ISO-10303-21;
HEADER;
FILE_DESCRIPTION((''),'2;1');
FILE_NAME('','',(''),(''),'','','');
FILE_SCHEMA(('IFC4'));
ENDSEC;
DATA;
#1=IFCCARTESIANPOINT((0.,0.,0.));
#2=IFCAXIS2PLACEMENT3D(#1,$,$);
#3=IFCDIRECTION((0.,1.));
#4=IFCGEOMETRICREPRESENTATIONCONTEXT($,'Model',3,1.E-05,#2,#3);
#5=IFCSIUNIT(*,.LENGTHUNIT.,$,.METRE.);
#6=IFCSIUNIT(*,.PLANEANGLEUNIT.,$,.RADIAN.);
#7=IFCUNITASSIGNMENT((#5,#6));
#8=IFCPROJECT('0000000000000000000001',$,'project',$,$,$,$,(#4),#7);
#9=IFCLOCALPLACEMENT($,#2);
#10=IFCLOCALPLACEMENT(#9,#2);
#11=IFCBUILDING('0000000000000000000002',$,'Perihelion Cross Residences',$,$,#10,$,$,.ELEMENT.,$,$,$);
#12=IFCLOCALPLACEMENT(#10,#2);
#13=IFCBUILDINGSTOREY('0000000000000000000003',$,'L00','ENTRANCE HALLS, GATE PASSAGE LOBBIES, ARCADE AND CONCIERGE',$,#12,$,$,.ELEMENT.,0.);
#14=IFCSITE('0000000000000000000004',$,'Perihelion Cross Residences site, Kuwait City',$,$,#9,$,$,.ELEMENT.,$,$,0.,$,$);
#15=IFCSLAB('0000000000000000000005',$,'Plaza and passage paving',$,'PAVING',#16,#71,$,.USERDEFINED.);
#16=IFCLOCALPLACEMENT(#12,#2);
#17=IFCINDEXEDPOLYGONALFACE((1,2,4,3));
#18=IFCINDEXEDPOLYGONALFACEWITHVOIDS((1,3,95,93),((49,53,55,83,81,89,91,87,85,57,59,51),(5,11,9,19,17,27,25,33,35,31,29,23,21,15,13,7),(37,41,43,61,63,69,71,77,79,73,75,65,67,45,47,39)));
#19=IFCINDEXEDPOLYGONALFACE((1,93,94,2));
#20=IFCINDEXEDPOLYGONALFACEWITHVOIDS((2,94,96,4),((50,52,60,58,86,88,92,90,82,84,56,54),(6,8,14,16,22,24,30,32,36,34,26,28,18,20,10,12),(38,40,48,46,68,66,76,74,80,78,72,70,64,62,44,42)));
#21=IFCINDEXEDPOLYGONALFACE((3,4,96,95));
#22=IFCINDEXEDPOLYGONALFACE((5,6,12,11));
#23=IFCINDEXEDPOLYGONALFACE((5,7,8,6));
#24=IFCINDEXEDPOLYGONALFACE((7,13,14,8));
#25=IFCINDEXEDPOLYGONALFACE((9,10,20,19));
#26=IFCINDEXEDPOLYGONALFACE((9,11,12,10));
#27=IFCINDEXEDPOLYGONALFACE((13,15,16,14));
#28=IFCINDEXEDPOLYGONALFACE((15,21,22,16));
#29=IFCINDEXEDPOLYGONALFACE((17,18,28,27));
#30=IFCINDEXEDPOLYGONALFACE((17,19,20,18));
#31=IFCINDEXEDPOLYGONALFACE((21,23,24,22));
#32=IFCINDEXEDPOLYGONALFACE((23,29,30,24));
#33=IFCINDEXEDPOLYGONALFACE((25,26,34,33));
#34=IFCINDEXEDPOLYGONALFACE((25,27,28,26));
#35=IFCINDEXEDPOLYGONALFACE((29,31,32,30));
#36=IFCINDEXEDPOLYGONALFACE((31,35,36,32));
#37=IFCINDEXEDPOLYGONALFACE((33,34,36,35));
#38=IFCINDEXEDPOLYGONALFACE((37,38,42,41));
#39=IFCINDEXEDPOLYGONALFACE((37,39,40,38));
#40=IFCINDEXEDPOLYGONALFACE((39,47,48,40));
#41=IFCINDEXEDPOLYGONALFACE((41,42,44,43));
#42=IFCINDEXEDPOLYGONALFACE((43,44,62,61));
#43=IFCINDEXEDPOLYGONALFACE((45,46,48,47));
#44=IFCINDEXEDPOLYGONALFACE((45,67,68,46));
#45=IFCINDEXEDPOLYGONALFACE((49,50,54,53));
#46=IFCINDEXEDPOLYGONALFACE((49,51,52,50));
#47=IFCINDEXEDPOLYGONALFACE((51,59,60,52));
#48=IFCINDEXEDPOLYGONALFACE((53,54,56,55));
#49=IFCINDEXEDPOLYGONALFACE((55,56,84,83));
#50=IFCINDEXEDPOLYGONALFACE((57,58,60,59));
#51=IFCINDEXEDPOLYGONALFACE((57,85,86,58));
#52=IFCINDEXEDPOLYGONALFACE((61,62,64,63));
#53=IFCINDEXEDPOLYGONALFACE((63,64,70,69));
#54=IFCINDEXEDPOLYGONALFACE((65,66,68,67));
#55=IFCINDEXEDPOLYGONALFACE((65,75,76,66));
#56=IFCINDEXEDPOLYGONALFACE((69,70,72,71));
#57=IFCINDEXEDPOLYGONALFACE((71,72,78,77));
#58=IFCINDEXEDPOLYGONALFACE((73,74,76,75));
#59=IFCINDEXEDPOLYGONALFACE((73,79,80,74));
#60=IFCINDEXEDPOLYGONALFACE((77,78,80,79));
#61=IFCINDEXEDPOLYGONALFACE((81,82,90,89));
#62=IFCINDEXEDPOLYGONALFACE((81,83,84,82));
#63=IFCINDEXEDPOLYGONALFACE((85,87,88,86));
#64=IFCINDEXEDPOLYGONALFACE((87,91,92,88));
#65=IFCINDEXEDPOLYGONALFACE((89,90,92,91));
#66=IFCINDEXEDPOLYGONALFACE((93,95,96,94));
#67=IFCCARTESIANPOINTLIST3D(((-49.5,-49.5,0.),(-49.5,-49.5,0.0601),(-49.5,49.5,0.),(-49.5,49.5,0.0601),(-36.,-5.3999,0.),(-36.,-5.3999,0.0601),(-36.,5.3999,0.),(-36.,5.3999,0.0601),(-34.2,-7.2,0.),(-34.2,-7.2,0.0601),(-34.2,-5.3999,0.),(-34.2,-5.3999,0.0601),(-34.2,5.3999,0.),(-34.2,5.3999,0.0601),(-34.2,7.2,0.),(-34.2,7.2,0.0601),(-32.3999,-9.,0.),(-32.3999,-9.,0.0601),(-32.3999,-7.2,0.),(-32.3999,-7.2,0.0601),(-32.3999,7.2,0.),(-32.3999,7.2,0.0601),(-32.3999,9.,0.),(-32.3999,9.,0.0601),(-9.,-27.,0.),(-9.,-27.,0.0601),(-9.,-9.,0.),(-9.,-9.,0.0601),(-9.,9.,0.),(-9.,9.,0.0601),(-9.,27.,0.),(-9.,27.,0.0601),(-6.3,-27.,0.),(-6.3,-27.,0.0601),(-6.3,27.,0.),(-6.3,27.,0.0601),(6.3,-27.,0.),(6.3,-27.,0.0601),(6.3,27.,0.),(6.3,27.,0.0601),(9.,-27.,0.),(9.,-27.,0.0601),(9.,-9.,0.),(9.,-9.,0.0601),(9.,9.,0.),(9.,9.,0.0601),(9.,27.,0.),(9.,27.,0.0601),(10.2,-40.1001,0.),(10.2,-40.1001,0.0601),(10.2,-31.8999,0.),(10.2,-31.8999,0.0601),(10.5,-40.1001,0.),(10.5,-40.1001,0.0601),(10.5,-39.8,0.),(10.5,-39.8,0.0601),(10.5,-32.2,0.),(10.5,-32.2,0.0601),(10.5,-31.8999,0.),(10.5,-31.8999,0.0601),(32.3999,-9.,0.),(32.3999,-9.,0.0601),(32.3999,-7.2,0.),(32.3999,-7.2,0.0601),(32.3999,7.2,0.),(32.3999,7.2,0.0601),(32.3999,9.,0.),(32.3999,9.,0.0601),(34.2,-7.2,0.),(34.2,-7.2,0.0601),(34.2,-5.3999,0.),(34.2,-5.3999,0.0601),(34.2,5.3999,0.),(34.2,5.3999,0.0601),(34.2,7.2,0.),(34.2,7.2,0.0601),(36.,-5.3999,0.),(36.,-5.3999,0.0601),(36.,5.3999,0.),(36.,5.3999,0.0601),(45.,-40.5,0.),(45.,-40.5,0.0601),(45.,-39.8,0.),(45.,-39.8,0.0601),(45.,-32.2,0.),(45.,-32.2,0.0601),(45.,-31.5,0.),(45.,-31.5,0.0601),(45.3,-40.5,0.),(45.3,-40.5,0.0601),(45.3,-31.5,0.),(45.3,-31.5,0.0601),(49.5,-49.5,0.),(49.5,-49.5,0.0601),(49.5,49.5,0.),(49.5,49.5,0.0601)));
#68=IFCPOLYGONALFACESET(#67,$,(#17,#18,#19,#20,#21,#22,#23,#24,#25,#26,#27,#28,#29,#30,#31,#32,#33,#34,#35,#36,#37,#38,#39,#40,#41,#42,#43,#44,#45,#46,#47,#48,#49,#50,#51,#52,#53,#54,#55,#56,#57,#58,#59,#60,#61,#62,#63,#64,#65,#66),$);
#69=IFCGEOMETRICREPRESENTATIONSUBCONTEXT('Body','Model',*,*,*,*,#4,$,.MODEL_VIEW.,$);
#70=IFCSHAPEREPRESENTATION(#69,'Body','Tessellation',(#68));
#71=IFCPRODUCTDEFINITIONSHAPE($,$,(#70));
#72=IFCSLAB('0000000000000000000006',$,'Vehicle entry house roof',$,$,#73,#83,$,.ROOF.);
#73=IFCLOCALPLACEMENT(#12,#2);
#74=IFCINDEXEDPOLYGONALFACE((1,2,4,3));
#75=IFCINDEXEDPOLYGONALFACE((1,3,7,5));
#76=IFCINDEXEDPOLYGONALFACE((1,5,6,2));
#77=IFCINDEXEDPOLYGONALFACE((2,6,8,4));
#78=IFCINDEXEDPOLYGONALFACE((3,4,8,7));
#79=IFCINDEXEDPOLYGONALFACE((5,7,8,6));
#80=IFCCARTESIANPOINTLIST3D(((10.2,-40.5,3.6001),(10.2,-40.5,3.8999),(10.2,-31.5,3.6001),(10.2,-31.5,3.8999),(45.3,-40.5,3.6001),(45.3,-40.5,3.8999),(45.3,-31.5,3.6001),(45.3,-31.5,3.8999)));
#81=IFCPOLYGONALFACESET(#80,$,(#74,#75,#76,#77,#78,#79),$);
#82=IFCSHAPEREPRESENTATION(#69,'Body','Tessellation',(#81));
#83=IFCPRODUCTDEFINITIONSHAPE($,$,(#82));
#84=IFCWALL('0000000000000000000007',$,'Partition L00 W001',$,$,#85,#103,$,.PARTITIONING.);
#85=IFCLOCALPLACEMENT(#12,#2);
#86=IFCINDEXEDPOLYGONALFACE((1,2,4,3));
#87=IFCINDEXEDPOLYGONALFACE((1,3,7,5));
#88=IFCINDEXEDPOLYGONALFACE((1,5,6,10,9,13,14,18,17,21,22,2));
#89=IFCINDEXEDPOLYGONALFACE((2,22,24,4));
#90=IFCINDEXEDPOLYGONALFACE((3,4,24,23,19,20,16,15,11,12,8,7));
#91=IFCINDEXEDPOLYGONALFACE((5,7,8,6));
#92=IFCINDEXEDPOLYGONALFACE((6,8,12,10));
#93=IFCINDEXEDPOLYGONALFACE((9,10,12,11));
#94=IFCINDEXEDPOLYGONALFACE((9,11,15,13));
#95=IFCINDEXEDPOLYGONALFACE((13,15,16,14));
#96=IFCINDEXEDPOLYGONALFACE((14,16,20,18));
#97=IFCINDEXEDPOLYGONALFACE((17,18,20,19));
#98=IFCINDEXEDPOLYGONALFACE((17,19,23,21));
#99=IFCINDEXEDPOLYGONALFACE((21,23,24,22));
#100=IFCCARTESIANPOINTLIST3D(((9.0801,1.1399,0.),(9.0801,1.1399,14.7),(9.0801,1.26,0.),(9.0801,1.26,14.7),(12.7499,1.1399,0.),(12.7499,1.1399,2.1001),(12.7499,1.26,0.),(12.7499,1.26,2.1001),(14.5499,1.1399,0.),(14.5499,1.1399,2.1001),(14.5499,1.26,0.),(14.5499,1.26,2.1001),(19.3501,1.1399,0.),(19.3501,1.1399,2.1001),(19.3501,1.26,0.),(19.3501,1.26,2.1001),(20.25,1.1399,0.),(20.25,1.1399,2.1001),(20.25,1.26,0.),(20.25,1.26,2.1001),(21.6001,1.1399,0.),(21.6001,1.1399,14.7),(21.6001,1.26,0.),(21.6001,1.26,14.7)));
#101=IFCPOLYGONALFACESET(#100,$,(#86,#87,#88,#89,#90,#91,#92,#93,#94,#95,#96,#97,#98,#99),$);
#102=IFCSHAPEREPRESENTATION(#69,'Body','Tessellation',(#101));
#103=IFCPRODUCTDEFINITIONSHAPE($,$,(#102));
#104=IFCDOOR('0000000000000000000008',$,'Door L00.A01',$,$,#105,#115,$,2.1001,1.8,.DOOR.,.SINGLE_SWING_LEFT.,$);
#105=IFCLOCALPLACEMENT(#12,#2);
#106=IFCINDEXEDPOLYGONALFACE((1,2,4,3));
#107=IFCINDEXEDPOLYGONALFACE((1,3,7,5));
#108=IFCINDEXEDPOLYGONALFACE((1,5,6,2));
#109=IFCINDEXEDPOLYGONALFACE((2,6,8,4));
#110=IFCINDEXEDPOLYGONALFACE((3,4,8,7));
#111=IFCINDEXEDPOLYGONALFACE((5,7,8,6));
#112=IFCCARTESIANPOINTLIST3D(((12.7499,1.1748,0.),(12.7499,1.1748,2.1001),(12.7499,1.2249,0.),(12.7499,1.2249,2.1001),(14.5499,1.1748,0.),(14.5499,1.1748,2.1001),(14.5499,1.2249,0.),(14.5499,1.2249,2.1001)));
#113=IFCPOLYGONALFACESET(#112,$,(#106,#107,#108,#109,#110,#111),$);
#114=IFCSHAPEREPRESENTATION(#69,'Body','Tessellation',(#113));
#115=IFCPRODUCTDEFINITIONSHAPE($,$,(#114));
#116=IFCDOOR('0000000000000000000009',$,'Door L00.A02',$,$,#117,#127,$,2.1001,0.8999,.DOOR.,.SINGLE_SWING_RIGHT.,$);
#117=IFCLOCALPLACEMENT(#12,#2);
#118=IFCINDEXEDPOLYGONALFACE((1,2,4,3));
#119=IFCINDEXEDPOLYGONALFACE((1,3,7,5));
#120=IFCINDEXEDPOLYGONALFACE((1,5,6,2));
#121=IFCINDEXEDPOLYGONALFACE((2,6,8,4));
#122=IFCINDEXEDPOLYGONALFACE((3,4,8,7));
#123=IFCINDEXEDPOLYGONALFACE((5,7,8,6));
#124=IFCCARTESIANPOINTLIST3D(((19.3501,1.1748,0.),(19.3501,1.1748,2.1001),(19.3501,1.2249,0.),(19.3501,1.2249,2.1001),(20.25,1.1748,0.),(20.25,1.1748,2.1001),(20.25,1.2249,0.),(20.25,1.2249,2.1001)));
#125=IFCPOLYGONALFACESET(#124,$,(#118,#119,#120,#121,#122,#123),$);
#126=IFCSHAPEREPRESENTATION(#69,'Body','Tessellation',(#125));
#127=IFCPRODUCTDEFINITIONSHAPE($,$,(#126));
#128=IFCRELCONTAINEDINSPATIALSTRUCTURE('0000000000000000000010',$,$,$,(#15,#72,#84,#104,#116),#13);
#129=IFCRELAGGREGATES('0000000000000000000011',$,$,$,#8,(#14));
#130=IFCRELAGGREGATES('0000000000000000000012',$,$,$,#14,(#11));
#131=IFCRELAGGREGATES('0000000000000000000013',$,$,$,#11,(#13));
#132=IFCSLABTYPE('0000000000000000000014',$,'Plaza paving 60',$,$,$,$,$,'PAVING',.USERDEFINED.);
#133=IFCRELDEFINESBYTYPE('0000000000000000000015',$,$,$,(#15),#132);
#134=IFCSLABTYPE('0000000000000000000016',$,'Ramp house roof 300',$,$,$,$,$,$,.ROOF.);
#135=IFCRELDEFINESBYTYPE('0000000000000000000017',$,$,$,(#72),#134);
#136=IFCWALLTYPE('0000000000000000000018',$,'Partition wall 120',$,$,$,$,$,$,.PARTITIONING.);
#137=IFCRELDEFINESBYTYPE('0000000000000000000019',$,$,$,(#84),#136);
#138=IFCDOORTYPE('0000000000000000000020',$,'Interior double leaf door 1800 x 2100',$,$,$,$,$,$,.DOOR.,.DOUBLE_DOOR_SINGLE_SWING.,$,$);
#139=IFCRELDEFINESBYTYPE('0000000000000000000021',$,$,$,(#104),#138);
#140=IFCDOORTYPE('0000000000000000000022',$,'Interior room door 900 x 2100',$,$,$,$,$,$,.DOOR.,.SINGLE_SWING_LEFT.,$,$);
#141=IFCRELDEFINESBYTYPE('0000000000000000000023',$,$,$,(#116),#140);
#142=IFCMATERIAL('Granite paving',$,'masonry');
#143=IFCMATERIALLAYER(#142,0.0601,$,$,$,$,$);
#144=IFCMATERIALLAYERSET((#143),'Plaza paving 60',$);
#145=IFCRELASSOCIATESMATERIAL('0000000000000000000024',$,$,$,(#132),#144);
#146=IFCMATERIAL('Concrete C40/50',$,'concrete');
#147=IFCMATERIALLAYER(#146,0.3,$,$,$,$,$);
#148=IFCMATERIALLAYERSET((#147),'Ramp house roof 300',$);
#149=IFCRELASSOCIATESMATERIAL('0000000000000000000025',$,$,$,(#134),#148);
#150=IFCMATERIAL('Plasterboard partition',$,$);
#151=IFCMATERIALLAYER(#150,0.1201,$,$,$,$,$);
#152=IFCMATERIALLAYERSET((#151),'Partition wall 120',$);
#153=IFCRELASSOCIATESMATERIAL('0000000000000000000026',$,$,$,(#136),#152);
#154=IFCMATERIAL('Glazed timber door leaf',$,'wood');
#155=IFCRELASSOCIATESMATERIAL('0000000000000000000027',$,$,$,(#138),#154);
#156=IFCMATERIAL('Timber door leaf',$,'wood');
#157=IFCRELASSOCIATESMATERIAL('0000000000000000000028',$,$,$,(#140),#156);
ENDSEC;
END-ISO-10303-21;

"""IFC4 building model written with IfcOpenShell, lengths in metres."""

from ifc_helpers import new_model, si_unit, direction, frame, frame_2d, origin, place, context, subcontext, project, spatial, polyline, rectangle, outline, extrude, material, layer, layer_set, type_object, element, fill, save


model = new_model("IFC4")

# Units and contexts
model_context = context("Model", 3, precision=1e-05, world=origin(), true_north=direction((0.0, 1.0)))
body_context = subcontext(model_context, "Body", "Model", "MODEL_VIEW")
ifc_project = project(units=[si_unit("LENGTHUNIT", "METRE"), si_unit("PLANEANGLEUNIT", "RADIAN")], contexts=[model_context])

# Site, building, storey
site_placement = place(None, origin())
site = spatial("IfcSite", under=ifc_project, at=site_placement, Name="Perihelion Cross Residences site, Kuwait City", CompositionType="ELEMENT", RefElevation=0.0)
building_placement = place(site_placement, origin())
building = spatial("IfcBuilding", under=site, at=building_placement, Name="Perihelion Cross Residences", CompositionType="ELEMENT")
storey_placement = place(building_placement, origin())
storey = spatial("IfcBuildingStorey", under=building, at=storey_placement, Name="L00", Description="ENTRANCE HALLS, GATE PASSAGE LOBBIES, ARCADE AND CONCIERGE", CompositionType="ELEMENT", Elevation=0.0)

# Slabs
ifc_material_1 = material(Name="Granite paving", Category="masonry")
ifc_layer_1 = layer(ifc_material_1, 0.0601)
ifc_layer_set_1 = layer_set([ifc_layer_1], Name="Plaza paving 60")
slab_type_1 = type_object("IfcSlabType", Name="Plaza paving 60", ElementType="PAVING", PredefinedType="USERDEFINED", material=ifc_layer_set_1)
slab_1_placement = place(storey_placement, origin())
element("IfcSlab", 1, at=slab_1_placement, inside=storey, type_object=slab_type_1, Name="Plaza and passage paving", ObjectType="PAVING", PredefinedType="USERDEFINED", context=body_context, shape_type="SweptSolid", body=[
    extrude(outline(polyline([(-49.5, -49.5), (-49.5, 49.5), (49.5, 49.5), (49.5, -49.5), (-49.5, -49.5)]), holes=[polyline([(10.5, -40.1001), (10.5, -39.8), (45.0, -39.8), (45.0, -40.5), (45.3, -40.5), (45.3, -31.5), (45.0, -31.5), (45.0, -32.2), (10.5, -32.2), (10.5, -31.8999), (10.2, -31.8999), (10.2, -40.1001), (10.5, -40.1001)]), polyline([(-34.2, -7.2), (-32.3999, -7.2), (-32.3999, -9.0), (-9.0, -9.0), (-9.0, -27.0), (-6.3, -27.0), (-6.3, 27.0), (-9.0, 27.0), (-9.0, 9.0), (-32.3999, 9.0), (-32.3999, 7.2), (-34.2, 7.2), (-34.2, 5.3999), (-36.0, 5.3999), (-36.0, -5.3999), (-34.2, -5.3999), (-34.2, -7.2)]), polyline([(6.3, -27.0), (9.0, -27.0), (9.0, -9.0), (32.3999, -9.0), (32.3999, -7.2), (34.2, -7.2), (34.2, -5.3999), (36.0, -5.3999), (36.0, 5.3999), (34.2, 5.3999), (34.2, 7.2), (32.3999, 7.2), (32.3999, 9.0), (9.0, 9.0), (9.0, 27.0), (6.3, 27.0), (6.3, -27.0)])]), origin(), (0.0, 0.0, 1.0), 0.0601),
])
ifc_material_2 = material(Name="Concrete C40/50", Category="concrete")
ifc_layer_2 = layer(ifc_material_2, 0.3)
ifc_layer_set_2 = layer_set([ifc_layer_2], Name="Ramp house roof 300")
slab_type_2 = type_object("IfcSlabType", Name="Ramp house roof 300", PredefinedType="ROOF", material=ifc_layer_set_2)
slab_2_placement = place(storey_placement, frame((0.0, 0.0, 3.6001)))
element("IfcSlab", 2, at=slab_2_placement, inside=storey, type_object=slab_type_2, Name="Vehicle entry house roof", PredefinedType="ROOF", context=body_context, shape_type="SweptSolid", body=[
    extrude(outline(polyline([(45.3, -40.5), (45.3, -31.5), (10.2, -31.5), (10.2, -40.5), (45.3, -40.5)])), origin(), (0.0, 0.0, 1.0), 0.2998),
])

# Wall, openings, doors
ifc_material_3 = material(Name="Plasterboard partition")
ifc_layer_3 = layer(ifc_material_3, 0.1201)
ifc_layer_set_3 = layer_set([ifc_layer_3], Name="Partition wall 120")
wall_type = type_object("IfcWallType", Name="Partition wall 120", PredefinedType="PARTITIONING", material=ifc_layer_set_3)
wall_placement = place(storey_placement, frame((9.0801, 1.2, 0.0), z_axis=(0.0, 0.0, 1.0), x_axis=(1.0, 0.0, 0.0)))
wall = element("IfcWall", 3, at=wall_placement, inside=storey, type_object=wall_type, Name="Partition L00 W001", PredefinedType="PARTITIONING", context=body_context, shape_type="SweptSolid", body=[
    extrude(rectangle(XDim=12.52, YDim=0.1201, at=frame_2d((6.26, 0.0))), origin(), (0.0, 0.0, 1.0), 14.7),
])
opening_1_placement = place(wall_placement, frame((3.6699, 0.0, 0.0)))
opening_1 = element("IfcOpeningElement", 4, at=opening_1_placement, cuts=wall, PredefinedType="OPENING", context=body_context, shape_type="SweptSolid", body=[
    extrude(rectangle(XDim=1.8, YDim=2.1001, at=frame_2d((0.8999, 1.05))), frame((0.0, 0.0701, 0.0), z_axis=(0.0, -1.0, 0.0), x_axis=(1.0, 0.0, 0.0)), (0.0, 0.0, 1.0), 0.1401),
])
opening_2_placement = place(wall_placement, frame((10.27, 0.0, 0.0)))
opening_2 = element("IfcOpeningElement", 5, at=opening_2_placement, cuts=wall, PredefinedType="OPENING", context=body_context, shape_type="SweptSolid", body=[
    extrude(rectangle(XDim=0.8999, YDim=2.1001, at=frame_2d((0.45, 1.05))), frame((0.0, 0.0701, 0.0), z_axis=(0.0, -1.0, 0.0), x_axis=(1.0, 0.0, 0.0)), (0.0, 0.0, 1.0), 0.1401),
])
ifc_material_4 = material(Name="Glazed timber door leaf", Category="wood")
door_type_1 = type_object("IfcDoorType", Name="Interior double leaf door 1800 x 2100", OperationType="DOUBLE_DOOR_SINGLE_SWING", PredefinedType="DOOR", material=ifc_material_4)
door_1_placement = place(opening_1_placement, origin())
door_1 = element("IfcDoor", 6, at=door_1_placement, inside=storey, type_object=door_type_1, Name="Door L00.A01", OperationType="SINGLE_SWING_LEFT", OverallHeight=2.1001, OverallWidth=1.8, PredefinedType="DOOR", context=body_context, shape_type="SweptSolid", body=[
    extrude(rectangle(XDim=1.8, YDim=2.1001, at=frame_2d((0.8999, 1.05))), frame((0.0, 0.0249, 0.0), z_axis=(0.0, -1.0, 0.0), x_axis=(1.0, 0.0, 0.0)), (0.0, 0.0, 1.0), 0.05),
])
fill(opening_1, door_1)
ifc_material_5 = material(Name="Timber door leaf", Category="wood")
door_type_2 = type_object("IfcDoorType", Name="Interior room door 900 x 2100", OperationType="SINGLE_SWING_LEFT", PredefinedType="DOOR", material=ifc_material_5)
door_2_placement = place(opening_2_placement, origin())
door_2 = element("IfcDoor", 7, at=door_2_placement, inside=storey, type_object=door_type_2, Name="Door L00.A02", OperationType="SINGLE_SWING_RIGHT", OverallHeight=2.1001, OverallWidth=0.8999, PredefinedType="DOOR", context=body_context, shape_type="SweptSolid", body=[
    extrude(rectangle(XDim=0.8999, YDim=2.1001, at=frame_2d((0.45, 1.05))), frame((0.0, 0.0249, 0.0), z_axis=(0.0, -1.0, 0.0), x_axis=(1.0, 0.0, 0.0)), (0.0, 0.0, 1.0), 0.05),
])
fill(opening_2, door_2)

save(model, "model.ifc")
